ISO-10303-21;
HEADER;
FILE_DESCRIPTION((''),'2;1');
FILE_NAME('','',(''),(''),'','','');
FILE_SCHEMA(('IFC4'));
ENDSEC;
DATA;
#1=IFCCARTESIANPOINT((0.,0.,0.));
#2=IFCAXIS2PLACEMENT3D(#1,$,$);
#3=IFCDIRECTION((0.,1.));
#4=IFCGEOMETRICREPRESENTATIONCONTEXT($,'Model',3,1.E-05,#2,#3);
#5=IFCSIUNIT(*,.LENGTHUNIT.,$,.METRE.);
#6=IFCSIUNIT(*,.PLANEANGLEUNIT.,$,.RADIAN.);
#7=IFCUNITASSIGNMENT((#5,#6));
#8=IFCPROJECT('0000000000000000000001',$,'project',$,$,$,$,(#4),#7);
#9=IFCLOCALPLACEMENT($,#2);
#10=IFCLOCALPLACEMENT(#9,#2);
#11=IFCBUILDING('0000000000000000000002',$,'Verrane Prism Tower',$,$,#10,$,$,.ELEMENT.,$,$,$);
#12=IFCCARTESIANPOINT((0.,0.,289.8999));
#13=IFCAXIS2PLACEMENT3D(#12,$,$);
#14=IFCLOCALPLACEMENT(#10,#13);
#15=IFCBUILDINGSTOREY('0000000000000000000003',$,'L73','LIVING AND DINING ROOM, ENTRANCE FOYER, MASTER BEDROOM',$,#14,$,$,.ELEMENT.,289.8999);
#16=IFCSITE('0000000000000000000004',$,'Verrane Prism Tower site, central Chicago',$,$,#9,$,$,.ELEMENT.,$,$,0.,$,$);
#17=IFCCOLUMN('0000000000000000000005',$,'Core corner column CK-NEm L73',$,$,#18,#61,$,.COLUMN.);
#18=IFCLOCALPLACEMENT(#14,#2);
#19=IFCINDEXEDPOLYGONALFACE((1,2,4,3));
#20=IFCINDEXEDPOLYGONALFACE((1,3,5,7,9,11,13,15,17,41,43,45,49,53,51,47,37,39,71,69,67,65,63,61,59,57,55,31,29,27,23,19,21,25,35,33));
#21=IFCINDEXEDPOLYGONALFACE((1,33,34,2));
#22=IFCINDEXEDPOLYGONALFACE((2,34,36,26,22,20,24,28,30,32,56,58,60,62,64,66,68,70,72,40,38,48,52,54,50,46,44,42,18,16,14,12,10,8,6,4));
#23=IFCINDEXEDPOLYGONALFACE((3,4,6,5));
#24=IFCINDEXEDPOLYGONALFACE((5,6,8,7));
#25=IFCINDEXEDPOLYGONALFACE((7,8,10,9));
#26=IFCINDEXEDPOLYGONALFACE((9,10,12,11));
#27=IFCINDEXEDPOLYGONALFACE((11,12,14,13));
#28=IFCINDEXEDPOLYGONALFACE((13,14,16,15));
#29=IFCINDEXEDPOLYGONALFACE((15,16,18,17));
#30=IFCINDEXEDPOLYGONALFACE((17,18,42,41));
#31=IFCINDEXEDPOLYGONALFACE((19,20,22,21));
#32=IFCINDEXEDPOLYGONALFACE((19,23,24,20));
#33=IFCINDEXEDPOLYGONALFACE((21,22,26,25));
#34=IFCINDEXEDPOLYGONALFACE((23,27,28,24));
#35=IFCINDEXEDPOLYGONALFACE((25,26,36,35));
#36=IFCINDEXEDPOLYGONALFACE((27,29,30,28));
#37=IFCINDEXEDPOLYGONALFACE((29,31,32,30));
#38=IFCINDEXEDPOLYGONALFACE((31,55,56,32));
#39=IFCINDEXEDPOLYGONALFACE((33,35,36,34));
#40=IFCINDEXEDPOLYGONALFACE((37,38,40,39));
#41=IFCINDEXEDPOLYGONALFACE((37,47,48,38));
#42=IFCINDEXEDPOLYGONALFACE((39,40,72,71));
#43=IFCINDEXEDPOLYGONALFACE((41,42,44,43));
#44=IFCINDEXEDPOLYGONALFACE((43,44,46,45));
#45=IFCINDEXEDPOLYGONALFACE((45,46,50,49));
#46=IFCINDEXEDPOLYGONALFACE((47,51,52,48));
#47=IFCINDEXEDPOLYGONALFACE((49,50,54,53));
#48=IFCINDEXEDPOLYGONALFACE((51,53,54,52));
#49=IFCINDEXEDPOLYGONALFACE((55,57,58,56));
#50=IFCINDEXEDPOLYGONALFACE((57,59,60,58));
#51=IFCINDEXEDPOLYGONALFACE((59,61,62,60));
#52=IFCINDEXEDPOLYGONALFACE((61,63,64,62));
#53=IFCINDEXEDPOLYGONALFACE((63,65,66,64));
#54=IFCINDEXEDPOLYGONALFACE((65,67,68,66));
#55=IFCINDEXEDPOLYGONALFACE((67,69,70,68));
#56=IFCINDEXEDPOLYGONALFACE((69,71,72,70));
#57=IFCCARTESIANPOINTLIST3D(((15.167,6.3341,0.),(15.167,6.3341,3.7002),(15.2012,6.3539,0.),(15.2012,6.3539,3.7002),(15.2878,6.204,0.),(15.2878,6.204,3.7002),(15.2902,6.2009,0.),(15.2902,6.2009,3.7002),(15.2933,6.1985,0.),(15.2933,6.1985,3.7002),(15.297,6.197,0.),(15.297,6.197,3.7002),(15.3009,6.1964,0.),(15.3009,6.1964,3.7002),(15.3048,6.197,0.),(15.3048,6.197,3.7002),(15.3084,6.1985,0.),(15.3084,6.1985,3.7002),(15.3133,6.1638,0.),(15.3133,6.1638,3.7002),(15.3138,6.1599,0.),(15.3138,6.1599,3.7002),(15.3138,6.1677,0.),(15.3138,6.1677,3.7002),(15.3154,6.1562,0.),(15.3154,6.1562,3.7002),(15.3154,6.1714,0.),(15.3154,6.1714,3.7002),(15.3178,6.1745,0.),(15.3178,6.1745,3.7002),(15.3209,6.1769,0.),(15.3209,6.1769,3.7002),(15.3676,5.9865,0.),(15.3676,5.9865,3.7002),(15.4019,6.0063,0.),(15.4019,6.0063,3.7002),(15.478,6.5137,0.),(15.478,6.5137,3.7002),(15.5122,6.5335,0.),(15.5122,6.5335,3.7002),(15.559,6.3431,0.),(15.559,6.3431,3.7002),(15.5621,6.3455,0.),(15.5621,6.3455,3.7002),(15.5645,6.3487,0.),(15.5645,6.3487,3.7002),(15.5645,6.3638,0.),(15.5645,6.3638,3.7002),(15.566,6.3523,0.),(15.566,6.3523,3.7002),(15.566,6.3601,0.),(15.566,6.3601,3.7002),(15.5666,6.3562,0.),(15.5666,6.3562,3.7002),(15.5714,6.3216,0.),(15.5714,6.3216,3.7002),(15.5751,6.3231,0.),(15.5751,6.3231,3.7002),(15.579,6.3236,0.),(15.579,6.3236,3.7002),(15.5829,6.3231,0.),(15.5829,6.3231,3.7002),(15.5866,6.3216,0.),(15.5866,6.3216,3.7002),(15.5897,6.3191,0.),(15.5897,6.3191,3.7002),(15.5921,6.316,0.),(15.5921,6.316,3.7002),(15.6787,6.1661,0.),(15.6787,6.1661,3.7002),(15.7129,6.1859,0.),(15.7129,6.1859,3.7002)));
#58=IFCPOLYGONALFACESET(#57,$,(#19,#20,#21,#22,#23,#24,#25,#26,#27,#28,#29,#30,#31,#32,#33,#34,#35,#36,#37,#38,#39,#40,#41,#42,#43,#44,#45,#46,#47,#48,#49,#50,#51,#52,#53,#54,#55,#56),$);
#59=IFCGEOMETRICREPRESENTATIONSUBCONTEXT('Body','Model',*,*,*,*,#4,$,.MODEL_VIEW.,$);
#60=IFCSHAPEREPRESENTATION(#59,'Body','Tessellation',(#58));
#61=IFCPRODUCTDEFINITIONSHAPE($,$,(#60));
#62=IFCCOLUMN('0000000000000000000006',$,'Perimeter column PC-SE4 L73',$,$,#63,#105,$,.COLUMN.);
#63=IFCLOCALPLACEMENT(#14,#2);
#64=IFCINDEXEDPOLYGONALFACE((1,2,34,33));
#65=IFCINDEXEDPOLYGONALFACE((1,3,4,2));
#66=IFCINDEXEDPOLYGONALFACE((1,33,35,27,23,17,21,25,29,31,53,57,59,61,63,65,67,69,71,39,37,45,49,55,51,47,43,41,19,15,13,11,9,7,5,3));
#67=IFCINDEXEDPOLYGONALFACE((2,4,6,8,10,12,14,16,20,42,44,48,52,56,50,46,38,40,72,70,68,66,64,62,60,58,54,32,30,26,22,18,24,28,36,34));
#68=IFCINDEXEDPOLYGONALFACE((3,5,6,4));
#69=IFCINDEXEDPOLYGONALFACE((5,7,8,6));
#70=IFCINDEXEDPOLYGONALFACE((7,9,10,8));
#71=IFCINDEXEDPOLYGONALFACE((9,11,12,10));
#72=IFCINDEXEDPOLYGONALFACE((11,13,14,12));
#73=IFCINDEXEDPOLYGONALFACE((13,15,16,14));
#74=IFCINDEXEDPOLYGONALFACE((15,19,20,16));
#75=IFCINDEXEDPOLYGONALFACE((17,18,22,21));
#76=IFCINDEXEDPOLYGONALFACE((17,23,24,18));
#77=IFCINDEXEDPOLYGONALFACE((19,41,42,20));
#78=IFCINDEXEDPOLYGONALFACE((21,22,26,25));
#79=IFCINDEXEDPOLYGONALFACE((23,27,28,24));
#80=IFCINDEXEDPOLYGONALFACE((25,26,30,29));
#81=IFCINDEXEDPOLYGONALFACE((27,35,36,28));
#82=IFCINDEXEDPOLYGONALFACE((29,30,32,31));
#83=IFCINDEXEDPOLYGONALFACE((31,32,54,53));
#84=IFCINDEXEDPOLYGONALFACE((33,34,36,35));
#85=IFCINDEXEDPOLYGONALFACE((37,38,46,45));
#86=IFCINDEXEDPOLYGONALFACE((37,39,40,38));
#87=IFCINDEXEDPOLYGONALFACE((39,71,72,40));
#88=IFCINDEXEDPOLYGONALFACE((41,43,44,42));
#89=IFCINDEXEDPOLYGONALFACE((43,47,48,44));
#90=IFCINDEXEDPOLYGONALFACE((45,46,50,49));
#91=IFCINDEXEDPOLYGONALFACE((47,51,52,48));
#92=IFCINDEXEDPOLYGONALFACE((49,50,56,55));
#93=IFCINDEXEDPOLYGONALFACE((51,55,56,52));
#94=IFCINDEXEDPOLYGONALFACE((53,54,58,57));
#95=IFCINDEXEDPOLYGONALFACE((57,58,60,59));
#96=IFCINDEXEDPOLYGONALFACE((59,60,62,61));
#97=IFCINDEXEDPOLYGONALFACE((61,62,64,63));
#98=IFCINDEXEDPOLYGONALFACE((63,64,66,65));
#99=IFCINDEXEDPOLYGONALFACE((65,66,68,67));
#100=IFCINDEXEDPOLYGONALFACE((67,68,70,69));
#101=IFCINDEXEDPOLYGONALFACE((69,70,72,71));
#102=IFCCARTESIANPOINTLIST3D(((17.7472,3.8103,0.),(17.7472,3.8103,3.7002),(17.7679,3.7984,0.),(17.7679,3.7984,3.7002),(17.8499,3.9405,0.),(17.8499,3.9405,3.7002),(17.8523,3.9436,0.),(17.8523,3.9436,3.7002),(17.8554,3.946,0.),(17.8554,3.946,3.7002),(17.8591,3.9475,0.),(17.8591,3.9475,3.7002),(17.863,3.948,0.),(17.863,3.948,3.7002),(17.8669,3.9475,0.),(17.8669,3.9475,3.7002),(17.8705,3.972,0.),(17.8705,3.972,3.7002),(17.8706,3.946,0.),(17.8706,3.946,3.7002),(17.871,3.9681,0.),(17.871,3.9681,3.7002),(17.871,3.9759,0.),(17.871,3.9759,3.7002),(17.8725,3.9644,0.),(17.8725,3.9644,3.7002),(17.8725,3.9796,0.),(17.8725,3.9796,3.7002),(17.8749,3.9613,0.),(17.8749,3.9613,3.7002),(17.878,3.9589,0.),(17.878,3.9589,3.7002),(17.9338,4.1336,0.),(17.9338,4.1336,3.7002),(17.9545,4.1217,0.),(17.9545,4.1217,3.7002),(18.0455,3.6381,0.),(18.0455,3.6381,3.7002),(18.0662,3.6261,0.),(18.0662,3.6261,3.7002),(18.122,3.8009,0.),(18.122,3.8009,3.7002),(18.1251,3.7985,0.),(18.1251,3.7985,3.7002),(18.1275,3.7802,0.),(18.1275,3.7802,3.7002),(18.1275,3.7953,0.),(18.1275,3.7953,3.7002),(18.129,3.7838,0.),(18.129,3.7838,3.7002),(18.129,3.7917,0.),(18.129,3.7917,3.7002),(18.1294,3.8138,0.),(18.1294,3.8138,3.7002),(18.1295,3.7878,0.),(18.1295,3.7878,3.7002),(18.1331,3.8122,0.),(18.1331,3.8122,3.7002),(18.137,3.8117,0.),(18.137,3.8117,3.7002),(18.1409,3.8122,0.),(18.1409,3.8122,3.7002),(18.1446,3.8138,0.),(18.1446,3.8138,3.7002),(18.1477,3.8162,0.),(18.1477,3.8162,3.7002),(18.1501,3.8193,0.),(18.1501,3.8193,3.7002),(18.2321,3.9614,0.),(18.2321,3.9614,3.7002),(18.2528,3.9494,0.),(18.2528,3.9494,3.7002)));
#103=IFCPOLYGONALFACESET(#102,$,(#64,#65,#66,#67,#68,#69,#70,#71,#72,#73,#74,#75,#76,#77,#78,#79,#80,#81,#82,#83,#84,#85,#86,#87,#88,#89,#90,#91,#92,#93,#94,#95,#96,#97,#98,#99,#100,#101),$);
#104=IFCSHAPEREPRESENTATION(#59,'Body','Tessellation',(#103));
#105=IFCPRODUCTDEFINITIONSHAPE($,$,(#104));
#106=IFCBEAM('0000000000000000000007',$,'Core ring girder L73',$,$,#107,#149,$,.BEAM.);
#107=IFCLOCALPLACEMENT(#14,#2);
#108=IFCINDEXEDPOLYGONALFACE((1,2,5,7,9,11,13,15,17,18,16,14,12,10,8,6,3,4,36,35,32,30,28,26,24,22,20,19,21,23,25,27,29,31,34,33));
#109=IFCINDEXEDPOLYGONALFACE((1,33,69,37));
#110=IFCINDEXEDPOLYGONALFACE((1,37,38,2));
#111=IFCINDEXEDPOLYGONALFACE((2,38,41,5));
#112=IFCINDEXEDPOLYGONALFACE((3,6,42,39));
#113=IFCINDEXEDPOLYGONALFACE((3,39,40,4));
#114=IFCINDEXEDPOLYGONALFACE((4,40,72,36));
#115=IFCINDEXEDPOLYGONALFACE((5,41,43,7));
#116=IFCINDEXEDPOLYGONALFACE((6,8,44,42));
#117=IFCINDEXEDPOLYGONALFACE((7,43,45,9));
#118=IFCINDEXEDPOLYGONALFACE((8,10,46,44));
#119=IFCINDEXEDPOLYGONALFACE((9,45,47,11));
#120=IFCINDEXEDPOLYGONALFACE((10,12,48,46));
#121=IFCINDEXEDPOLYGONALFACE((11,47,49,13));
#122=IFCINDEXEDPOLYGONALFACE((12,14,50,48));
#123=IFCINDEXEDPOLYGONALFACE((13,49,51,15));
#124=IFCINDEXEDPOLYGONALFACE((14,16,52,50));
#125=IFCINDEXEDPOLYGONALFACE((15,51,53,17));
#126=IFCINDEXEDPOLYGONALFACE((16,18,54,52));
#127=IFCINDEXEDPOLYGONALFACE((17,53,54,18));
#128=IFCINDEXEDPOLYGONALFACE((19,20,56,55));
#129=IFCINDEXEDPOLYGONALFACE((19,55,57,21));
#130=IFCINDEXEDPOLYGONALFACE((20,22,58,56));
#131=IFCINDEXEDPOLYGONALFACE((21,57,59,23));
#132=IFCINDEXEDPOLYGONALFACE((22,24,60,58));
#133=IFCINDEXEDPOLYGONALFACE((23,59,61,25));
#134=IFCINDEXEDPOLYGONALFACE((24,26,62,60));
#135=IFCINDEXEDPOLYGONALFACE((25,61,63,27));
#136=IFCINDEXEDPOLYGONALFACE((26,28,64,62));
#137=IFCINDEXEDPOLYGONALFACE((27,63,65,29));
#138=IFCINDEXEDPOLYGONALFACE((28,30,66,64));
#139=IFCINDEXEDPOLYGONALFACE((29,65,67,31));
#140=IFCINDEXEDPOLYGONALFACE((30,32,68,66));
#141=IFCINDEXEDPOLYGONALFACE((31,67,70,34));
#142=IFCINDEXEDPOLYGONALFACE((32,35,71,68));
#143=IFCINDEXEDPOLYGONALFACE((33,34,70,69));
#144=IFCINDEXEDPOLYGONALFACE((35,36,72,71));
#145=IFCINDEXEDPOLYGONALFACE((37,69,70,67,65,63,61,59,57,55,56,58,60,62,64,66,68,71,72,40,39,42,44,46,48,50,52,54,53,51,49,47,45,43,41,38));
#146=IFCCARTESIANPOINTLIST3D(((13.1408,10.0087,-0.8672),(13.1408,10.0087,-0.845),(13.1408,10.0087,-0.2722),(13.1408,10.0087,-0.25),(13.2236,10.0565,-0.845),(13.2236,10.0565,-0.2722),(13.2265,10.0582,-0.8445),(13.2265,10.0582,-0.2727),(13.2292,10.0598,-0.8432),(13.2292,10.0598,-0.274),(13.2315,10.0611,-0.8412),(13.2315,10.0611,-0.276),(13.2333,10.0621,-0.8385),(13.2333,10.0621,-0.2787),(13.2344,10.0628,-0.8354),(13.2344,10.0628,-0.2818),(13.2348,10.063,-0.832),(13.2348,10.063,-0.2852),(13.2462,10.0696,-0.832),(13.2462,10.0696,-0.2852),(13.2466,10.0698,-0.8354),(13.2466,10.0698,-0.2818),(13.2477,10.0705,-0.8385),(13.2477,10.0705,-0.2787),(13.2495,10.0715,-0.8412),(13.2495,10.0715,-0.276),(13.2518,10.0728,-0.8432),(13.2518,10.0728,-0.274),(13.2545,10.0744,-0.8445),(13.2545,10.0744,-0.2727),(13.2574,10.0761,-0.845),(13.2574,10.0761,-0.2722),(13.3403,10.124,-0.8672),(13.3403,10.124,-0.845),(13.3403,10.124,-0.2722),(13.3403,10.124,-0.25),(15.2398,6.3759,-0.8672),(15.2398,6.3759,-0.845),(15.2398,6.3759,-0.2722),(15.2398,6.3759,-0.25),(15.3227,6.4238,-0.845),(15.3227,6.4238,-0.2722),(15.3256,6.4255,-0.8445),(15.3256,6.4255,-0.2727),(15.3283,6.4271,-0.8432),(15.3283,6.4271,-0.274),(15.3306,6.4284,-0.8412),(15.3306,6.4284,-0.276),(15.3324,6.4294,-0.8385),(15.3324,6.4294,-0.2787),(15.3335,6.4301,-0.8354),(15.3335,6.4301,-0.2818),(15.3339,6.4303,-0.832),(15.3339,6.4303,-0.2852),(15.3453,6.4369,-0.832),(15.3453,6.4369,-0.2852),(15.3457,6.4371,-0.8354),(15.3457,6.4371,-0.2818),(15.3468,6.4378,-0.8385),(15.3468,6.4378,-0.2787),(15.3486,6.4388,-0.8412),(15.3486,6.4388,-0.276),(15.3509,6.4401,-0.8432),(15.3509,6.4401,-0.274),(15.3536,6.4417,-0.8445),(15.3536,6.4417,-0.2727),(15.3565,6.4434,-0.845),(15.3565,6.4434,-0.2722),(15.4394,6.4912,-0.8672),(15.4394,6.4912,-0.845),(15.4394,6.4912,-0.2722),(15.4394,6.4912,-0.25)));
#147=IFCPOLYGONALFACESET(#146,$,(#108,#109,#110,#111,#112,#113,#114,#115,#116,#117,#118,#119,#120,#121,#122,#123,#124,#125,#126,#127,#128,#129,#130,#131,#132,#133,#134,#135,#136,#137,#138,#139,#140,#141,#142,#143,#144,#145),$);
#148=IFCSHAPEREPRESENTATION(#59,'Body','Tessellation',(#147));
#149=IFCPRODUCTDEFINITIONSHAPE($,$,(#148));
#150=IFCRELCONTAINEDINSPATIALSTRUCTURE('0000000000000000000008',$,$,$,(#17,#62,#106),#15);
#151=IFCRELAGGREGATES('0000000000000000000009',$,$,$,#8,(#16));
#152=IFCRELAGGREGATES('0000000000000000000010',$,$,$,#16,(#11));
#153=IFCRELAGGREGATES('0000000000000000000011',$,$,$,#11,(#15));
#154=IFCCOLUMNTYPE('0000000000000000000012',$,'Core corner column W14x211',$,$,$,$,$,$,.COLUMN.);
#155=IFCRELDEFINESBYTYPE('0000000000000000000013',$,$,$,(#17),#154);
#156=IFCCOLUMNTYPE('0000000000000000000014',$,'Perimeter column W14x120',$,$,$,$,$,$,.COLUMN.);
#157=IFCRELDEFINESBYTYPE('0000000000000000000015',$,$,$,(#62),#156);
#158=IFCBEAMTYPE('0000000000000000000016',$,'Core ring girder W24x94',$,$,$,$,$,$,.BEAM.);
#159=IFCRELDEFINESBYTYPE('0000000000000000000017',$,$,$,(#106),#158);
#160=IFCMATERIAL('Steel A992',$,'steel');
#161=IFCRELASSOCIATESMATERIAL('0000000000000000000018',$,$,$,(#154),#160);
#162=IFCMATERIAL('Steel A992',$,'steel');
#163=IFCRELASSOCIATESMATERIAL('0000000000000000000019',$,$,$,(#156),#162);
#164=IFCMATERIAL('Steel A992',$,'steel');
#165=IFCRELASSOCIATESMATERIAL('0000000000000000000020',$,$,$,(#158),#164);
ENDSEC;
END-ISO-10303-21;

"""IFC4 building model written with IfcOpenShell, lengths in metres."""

from ifc_helpers import new_model, si_unit, direction, frame, origin, origin_2d, place, context, subcontext, project, spatial, i_section, extrude, material, material_profile, profile_set, type_object, element, save


model = new_model("IFC4")

# Units and contexts
model_context = context("Model", 3, precision=1e-05, world=origin(), true_north=direction((0.0, 1.0)))
body_context = subcontext(model_context, "Body", "Model", "MODEL_VIEW")
ifc_project = project(units=[si_unit("LENGTHUNIT", "METRE"), si_unit("PLANEANGLEUNIT", "RADIAN")], contexts=[model_context])

# Site, building, storey
site_placement = place(None, origin())
site = spatial("IfcSite", under=ifc_project, at=site_placement, Name="Verrane Prism Tower site, central Chicago", CompositionType="ELEMENT", RefElevation=0.0)
building_placement = place(site_placement, origin())
building = spatial("IfcBuilding", under=site, at=building_placement, Name="Verrane Prism Tower", CompositionType="ELEMENT")
storey_placement = place(building_placement, frame((0.0, 0.0, 289.8999)))
storey = spatial("IfcBuildingStorey", under=building, at=storey_placement, Name="L73", Description="LIVING AND DINING ROOM, ENTRANCE FOYER, MASTER BEDROOM", CompositionType="ELEMENT", Elevation=289.8999)

# Columns
ifc_material_1 = material(Name="Steel A992", Category="steel")
ifc_material_profile_1 = material_profile(ifc_material_1, i_section(OverallWidth=0.4014, OverallDepth=0.3987, WebThickness=0.0249, FlangeThickness=0.0396, FilletRadius=0.0151, at=origin_2d()), Name="W14x211")
ifc_profile_set_1 = profile_set([ifc_material_profile_1], Name="Steel A992")
column_type_1 = type_object("IfcColumnType", Name="Core corner column W14x211", PredefinedType="COLUMN", material=ifc_profile_set_1)
column_1_placement = place(storey_placement, frame((15.4399, 6.26, 0.0), z_axis=(0.0, 0.0, 1.0), x_axis=(0.5, -0.866025, 0.0)))
element("IfcColumn", 1, at=column_1_placement, inside=storey, type_object=column_type_1, Name="Core corner column CK-NEm L73", PredefinedType="COLUMN", context=body_context, shape_type="SweptSolid", body=[
    extrude(i_section(OverallWidth=0.4014, OverallDepth=0.3987, WebThickness=0.0249, FlangeThickness=0.0396, FilletRadius=0.0151, at=origin_2d()), origin(), (0.0, 0.0, 1.0), 3.7002),
])
ifc_material_2 = material(Name="Steel A992", Category="steel")
ifc_material_profile_2 = material_profile(ifc_material_2, i_section(OverallWidth=0.3733, OverallDepth=0.3684, WebThickness=0.0149, FlangeThickness=0.0239, FilletRadius=0.0151, at=origin_2d()), Name="W14x120")
ifc_profile_set_2 = profile_set([ifc_material_profile_2], Name="Steel A992")
column_type_2 = type_object("IfcColumnType", Name="Perimeter column W14x120", PredefinedType="COLUMN", material=ifc_profile_set_2)
column_2_placement = place(storey_placement, frame((18.0, 3.8799, 0.0), z_axis=(0.0, 0.0, 1.0), x_axis=(-0.5, -0.866025, 0.0)))
element("IfcColumn", 2, at=column_2_placement, inside=storey, type_object=column_type_2, Name="Perimeter column PC-SE4 L73", PredefinedType="COLUMN", context=body_context, shape_type="SweptSolid", body=[
    extrude(i_section(OverallWidth=0.3733, OverallDepth=0.3684, WebThickness=0.0149, FlangeThickness=0.0239, FilletRadius=0.0151, at=origin_2d()), origin(), (0.0, 0.0, 1.0), 3.7002),
])

# Beam
ifc_material_3 = material(Name="Steel A992", Category="steel")
ifc_material_profile_3 = material_profile(ifc_material_3, i_section(OverallWidth=0.2305, OverallDepth=0.6172, WebThickness=0.0132, FlangeThickness=0.0222, FilletRadius=0.0129, at=origin_2d()), Name="W24x94")
ifc_profile_set_3 = profile_set([ifc_material_profile_3], Name="Steel A992")
beam_type_1 = type_object("IfcBeamType", Name="Core ring girder W24x94", PredefinedType="BEAM", material=ifc_profile_set_3)
beam_1_placement = place(storey_placement, frame((15.3396, 6.4336, -0.5586), z_axis=(-0.500307, 0.865848, 0.0), x_axis=(-0.865848, -0.500307, 0.0)))
element("IfcBeam", 3, at=beam_1_placement, inside=storey, type_object=beam_type_1, Name="Core ring girder L73", PredefinedType="BEAM", context=body_context, shape_type="SweptSolid", body=[
    extrude(i_section(OverallWidth=0.2305, OverallDepth=0.6172, WebThickness=0.0132, FlangeThickness=0.0222, FilletRadius=0.0129, at=origin_2d()), origin(), (0.0, 0.0, 1.0), 4.1956),
])

save(model, "model.ifc")
